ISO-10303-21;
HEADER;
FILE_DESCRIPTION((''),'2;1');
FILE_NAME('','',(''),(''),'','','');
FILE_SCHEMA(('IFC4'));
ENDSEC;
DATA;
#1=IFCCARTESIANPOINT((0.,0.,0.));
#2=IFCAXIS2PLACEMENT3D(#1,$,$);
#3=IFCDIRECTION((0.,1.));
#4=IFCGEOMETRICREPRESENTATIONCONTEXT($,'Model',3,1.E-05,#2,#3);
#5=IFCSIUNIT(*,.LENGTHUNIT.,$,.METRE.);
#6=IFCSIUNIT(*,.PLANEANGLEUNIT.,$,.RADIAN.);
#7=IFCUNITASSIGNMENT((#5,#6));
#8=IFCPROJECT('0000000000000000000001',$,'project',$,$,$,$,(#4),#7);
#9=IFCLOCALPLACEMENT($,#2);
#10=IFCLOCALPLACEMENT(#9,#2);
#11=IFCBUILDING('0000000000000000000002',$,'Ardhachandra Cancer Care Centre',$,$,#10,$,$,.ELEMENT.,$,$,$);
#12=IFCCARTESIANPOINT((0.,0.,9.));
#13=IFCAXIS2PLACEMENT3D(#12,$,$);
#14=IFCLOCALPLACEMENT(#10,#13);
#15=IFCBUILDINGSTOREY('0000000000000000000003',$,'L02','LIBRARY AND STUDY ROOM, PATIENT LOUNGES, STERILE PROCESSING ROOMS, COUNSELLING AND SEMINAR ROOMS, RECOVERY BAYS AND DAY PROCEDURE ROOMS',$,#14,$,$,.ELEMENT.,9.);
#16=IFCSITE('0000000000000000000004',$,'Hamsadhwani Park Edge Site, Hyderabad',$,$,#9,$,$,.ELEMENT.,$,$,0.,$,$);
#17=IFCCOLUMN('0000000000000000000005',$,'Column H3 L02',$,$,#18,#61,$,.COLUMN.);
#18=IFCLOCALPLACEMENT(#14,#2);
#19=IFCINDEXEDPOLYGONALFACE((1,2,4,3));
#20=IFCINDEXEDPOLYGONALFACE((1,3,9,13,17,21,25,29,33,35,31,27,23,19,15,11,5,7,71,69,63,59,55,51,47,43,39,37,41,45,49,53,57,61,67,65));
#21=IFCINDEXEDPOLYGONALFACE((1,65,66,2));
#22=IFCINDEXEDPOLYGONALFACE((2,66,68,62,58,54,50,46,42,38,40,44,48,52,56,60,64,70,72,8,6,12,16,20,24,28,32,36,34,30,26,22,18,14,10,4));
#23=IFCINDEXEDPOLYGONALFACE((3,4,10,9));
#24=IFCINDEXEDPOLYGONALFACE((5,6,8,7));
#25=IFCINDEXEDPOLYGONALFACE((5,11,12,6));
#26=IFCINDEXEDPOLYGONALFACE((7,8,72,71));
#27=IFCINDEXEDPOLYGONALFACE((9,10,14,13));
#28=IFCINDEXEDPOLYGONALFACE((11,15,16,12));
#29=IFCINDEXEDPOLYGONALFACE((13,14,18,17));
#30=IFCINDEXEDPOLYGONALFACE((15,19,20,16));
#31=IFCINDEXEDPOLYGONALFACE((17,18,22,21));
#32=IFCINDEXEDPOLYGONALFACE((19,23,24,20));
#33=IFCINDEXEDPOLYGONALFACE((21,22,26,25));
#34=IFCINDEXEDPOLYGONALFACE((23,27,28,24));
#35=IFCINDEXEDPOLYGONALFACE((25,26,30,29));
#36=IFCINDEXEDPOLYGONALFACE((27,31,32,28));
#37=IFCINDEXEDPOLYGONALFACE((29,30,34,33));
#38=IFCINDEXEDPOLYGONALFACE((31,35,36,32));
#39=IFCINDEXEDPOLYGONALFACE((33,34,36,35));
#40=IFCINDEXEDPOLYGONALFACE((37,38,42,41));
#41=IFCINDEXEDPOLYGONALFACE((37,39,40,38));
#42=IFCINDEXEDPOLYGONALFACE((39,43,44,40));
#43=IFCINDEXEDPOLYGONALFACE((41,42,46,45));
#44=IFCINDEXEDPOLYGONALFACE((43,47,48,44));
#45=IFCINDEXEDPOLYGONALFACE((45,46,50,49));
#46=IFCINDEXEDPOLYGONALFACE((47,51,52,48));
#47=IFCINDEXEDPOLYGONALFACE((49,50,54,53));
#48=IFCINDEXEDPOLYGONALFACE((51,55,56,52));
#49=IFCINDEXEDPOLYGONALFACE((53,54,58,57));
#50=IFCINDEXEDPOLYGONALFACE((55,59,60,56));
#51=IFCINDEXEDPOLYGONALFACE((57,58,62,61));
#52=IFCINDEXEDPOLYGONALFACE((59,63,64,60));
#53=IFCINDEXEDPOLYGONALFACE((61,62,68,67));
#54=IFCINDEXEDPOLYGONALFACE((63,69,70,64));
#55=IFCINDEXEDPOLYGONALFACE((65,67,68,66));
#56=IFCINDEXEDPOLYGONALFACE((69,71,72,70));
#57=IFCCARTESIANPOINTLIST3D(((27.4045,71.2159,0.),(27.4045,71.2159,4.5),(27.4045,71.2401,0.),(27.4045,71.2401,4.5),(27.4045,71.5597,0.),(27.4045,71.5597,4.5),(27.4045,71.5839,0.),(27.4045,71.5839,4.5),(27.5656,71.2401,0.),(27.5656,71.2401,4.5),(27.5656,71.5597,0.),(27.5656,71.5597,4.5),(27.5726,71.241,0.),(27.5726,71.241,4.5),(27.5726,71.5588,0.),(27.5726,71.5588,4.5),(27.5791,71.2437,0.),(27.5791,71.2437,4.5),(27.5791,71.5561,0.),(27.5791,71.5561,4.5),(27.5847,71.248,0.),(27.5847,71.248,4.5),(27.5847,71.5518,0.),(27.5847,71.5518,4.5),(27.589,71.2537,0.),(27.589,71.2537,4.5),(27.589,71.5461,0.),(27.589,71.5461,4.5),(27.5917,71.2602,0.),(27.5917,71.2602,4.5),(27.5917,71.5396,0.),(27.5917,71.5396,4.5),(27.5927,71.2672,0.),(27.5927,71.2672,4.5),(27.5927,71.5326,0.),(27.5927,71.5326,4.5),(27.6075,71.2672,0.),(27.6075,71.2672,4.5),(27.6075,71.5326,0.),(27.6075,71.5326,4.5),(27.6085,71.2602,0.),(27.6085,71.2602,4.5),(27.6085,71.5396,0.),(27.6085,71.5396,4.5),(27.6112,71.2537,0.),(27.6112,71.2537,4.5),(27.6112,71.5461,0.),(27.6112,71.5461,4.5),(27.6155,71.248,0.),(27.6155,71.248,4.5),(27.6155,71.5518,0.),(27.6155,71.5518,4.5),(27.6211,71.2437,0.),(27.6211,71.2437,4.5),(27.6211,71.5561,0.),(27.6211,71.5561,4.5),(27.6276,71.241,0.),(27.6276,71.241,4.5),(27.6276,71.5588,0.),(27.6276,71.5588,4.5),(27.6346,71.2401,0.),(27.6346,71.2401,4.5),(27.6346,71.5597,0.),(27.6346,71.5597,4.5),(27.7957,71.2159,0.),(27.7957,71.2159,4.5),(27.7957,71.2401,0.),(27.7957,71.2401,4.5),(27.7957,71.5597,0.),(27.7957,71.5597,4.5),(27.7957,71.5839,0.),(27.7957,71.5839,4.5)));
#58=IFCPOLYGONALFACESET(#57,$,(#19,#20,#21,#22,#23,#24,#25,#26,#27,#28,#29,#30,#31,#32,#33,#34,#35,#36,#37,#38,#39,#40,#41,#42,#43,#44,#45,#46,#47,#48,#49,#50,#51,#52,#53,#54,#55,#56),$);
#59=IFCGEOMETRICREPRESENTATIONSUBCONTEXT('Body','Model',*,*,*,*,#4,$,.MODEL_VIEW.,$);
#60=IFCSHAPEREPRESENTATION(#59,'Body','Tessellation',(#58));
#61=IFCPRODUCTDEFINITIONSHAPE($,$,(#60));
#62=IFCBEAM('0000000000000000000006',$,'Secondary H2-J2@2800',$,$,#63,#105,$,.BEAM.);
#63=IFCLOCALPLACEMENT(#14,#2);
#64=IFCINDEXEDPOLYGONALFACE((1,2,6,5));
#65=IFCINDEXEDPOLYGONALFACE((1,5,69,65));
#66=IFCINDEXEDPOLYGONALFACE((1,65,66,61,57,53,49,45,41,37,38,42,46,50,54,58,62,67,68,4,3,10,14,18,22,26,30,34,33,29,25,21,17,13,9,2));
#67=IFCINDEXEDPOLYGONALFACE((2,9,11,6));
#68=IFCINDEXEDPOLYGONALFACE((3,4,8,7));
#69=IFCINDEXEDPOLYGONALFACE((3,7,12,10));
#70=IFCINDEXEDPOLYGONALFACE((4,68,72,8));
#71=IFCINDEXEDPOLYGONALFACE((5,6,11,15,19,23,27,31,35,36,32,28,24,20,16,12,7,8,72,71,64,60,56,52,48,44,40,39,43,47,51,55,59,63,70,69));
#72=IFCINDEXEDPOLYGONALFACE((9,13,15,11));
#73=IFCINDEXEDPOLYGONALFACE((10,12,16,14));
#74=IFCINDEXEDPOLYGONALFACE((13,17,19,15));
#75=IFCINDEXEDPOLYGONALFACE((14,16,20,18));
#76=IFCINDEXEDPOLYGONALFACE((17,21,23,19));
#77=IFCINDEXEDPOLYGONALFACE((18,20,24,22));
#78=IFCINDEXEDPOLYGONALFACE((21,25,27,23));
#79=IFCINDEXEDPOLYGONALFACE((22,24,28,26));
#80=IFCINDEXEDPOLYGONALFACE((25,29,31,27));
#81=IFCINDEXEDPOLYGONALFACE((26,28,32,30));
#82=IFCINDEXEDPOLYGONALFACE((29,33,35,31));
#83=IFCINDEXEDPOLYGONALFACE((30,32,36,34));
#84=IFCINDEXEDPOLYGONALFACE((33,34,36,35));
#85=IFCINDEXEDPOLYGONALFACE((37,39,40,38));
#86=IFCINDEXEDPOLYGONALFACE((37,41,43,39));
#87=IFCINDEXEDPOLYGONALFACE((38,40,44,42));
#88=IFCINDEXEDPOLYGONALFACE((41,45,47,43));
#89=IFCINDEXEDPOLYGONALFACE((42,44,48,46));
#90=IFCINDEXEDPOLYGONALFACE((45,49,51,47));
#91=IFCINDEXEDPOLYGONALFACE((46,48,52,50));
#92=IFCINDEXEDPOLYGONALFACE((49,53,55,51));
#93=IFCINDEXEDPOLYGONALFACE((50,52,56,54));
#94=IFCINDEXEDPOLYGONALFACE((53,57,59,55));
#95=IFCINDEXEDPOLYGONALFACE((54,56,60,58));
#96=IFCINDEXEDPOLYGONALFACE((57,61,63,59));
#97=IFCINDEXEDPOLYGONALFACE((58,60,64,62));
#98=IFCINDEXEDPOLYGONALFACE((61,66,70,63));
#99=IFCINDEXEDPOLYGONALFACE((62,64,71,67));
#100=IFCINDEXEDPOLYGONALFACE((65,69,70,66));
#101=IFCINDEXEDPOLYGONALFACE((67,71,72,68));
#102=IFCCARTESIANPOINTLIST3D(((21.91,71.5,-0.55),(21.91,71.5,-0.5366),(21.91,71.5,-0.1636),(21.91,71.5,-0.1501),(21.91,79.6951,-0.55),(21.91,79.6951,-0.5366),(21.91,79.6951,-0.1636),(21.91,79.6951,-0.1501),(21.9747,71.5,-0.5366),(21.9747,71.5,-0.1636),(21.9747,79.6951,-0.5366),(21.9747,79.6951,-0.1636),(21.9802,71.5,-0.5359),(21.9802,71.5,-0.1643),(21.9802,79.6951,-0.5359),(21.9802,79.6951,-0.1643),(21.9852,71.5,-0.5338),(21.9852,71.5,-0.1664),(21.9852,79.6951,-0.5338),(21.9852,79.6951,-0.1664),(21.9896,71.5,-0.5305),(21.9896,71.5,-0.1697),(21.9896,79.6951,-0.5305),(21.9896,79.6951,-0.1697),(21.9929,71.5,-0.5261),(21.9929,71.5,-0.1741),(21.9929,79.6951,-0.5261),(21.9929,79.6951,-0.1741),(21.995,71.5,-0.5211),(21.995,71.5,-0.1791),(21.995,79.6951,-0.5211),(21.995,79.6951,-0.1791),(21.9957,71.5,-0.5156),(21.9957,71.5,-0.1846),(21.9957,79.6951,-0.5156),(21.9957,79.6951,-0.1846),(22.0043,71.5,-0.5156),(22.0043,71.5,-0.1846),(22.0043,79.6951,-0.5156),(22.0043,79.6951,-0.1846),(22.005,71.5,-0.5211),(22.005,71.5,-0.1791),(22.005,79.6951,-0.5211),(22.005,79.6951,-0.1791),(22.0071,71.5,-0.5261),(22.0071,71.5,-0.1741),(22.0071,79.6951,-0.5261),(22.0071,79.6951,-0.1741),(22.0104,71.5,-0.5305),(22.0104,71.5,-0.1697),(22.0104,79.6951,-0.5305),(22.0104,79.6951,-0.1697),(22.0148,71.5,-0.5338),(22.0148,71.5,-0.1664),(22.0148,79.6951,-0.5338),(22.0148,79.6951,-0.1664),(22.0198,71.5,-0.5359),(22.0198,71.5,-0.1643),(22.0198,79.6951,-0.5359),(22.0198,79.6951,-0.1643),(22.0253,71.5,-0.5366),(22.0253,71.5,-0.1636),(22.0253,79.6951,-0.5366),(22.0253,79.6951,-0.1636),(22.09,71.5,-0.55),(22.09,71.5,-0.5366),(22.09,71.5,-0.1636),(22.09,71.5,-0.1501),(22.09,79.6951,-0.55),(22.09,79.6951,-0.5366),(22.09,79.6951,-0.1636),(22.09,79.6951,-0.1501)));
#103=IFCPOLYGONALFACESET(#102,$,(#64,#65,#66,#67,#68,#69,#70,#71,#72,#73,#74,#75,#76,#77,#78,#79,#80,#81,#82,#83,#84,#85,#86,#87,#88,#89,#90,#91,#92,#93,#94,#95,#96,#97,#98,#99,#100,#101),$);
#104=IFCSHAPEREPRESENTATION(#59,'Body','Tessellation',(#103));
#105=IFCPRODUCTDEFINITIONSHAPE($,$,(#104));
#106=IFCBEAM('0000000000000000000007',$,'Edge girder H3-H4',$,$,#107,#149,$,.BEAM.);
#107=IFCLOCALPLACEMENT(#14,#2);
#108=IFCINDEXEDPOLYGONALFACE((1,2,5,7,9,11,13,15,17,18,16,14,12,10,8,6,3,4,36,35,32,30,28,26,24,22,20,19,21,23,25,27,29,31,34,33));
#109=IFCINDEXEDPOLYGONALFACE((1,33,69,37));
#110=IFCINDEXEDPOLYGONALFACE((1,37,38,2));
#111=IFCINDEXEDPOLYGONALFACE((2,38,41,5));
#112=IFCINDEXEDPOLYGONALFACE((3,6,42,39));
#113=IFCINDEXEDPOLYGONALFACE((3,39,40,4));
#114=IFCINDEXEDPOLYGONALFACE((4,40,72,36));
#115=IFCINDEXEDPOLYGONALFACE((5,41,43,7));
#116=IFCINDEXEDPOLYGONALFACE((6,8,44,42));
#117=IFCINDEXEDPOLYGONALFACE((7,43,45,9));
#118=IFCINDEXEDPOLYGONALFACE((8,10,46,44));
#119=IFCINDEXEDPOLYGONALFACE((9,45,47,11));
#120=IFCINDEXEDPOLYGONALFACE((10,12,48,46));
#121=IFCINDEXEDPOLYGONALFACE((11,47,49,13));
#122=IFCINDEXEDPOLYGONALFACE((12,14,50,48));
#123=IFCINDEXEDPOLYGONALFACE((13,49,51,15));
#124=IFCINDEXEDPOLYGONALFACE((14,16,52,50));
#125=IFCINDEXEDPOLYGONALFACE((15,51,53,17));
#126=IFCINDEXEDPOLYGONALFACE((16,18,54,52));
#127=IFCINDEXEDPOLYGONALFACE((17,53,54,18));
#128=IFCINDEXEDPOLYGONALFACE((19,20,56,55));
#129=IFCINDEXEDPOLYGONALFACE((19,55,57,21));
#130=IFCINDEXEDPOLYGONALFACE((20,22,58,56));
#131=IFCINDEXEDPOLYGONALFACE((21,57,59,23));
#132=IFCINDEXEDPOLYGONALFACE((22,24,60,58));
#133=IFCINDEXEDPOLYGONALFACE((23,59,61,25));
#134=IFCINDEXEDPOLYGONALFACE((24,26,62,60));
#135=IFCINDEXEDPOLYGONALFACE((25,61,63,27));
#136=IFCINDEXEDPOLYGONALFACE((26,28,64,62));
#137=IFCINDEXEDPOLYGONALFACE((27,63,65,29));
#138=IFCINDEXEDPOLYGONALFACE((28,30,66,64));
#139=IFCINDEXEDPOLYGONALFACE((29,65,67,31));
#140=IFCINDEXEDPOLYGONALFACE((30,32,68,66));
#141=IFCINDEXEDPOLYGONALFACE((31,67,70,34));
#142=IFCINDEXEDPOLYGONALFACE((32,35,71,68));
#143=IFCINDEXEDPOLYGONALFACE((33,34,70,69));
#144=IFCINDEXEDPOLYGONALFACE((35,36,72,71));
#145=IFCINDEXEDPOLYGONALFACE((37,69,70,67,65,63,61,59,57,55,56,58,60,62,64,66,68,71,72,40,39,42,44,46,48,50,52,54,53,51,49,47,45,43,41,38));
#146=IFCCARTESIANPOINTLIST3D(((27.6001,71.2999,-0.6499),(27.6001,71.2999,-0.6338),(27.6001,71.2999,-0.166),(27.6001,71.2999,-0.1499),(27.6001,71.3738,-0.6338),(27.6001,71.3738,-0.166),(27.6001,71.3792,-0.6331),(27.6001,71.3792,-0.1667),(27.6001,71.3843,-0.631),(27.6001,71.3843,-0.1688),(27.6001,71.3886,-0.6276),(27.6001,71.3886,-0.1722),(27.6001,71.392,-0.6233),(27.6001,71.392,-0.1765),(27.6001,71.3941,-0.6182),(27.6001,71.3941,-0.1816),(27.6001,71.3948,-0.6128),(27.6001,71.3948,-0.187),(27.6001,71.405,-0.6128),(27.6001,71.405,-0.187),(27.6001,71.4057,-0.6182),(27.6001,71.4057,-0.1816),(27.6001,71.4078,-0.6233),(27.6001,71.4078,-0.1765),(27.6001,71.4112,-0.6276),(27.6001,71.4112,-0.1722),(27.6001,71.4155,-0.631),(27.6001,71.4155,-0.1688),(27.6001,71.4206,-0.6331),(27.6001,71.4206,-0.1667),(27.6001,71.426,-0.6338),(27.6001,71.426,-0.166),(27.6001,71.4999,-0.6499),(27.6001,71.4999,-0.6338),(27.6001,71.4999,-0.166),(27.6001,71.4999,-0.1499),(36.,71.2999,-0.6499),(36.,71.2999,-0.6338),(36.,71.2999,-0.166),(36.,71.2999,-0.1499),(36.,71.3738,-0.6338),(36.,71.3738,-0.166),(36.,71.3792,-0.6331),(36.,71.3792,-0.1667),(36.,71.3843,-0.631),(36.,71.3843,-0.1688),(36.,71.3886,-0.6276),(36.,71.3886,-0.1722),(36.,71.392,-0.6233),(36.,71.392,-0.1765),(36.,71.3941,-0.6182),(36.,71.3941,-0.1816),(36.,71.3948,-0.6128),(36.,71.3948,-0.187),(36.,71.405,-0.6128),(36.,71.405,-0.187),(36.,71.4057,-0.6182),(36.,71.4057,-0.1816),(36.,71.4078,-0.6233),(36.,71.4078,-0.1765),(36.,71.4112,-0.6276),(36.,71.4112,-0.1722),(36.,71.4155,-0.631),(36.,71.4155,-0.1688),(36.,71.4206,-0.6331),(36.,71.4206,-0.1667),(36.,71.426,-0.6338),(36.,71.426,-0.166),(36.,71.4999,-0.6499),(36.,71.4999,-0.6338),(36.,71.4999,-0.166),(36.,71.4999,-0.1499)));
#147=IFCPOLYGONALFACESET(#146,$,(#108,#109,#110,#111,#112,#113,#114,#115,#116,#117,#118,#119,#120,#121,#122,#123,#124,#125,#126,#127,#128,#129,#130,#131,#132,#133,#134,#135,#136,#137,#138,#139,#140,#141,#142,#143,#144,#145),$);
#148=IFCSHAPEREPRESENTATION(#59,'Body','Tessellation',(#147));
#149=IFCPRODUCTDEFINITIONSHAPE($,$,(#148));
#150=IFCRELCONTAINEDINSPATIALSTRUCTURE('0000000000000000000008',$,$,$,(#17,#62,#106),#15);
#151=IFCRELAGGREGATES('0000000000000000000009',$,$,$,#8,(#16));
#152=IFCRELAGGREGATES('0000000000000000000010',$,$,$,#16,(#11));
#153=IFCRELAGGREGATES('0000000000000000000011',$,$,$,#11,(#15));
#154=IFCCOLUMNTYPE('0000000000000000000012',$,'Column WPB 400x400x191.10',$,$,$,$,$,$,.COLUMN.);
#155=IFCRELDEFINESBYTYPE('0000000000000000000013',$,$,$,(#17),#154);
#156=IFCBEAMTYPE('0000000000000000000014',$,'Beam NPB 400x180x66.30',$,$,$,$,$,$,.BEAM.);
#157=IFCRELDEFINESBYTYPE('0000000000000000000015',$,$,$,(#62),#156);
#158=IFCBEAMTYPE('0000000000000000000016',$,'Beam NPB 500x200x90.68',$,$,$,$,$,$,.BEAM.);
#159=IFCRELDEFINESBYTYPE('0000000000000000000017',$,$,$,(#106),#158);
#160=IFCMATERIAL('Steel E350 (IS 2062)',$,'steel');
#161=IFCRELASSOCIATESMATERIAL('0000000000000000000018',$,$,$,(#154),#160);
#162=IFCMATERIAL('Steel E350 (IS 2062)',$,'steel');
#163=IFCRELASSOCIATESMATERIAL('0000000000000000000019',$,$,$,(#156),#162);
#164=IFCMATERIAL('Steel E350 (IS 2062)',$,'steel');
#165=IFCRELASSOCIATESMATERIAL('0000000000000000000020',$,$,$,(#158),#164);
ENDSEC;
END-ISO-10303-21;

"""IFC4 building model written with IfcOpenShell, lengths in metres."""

from ifc_helpers import new_model, si_unit, direction, frame, origin, origin_2d, place, context, subcontext, project, spatial, i_section, extrude, material, material_profile, profile_set, type_object, element, save


model = new_model("IFC4")

# Units and contexts
model_context = context("Model", 3, precision=1e-05, world=origin(), true_north=direction((0.0, 1.0)))
body_context = subcontext(model_context, "Body", "Model", "MODEL_VIEW")
ifc_project = project(units=[si_unit("LENGTHUNIT", "METRE"), si_unit("PLANEANGLEUNIT", "RADIAN")], contexts=[model_context])

# Site, building, storey
site_placement = place(None, origin())
site = spatial("IfcSite", under=ifc_project, at=site_placement, Name="Hamsadhwani Park Edge Site, Hyderabad", CompositionType="ELEMENT", RefElevation=0.0)
building_placement = place(site_placement, origin())
building = spatial("IfcBuilding", under=site, at=building_placement, Name="Ardhachandra Cancer Care Centre", CompositionType="ELEMENT")
storey_placement = place(building_placement, frame((0.0, 0.0, 9.0)))
storey = spatial("IfcBuildingStorey", under=building, at=storey_placement, Name="L02", Description="LIBRARY AND STUDY ROOM, PATIENT LOUNGES, STERILE PROCESSING ROOMS, COUNSELLING AND SEMINAR ROOMS, RECOVERY BAYS AND DAY PROCEDURE ROOMS", CompositionType="ELEMENT", Elevation=9.0)

# Column
ifc_material_1 = material(Name="Steel E350 (IS 2062)", Category="steel")
ifc_material_profile_1 = material_profile(ifc_material_1, i_section(OverallWidth=0.3911, OverallDepth=0.3679, WebThickness=0.0149, FlangeThickness=0.0242, FilletRadius=0.0271, at=origin_2d()), Name="WPB 400x400x191.10")
ifc_profile_set_1 = profile_set([ifc_material_profile_1], Name="Steel E350 (IS 2062)")
column_type = type_object("IfcColumnType", Name="Column WPB 400x400x191.10", PredefinedType="COLUMN", material=ifc_profile_set_1)
column_placement = place(storey_placement, frame((27.6001, 71.3999, 0.0), z_axis=(0.0, 0.0, 1.0), x_axis=(1.0, 0.0, 0.0)))
element("IfcColumn", 1, at=column_placement, inside=storey, type_object=column_type, Name="Column H3 L02", PredefinedType="COLUMN", context=body_context, shape_type="SweptSolid", body=[
    extrude(i_section(OverallWidth=0.3911, OverallDepth=0.3679, WebThickness=0.0149, FlangeThickness=0.0242, FilletRadius=0.0271, at=origin_2d()), origin(), (0.0, 0.0, 1.0), 4.5),
])

# Beams
ifc_material_2 = material(Name="Steel E350 (IS 2062)", Category="steel")
ifc_material_profile_2 = material_profile(ifc_material_2, i_section(OverallWidth=0.1799, OverallDepth=0.3999, WebThickness=0.0085, FlangeThickness=0.0134, FilletRadius=0.021, at=origin_2d()), Name="NPB 400x180x66.30")
ifc_profile_set_2 = profile_set([ifc_material_profile_2], Name="Steel E350 (IS 2062)")
beam_type_1 = type_object("IfcBeamType", Name="Beam NPB 400x180x66.30", PredefinedType="BEAM", material=ifc_profile_set_2)
beam_1_placement = place(storey_placement, frame((22.0, 71.5, -0.3501), z_axis=(0.0, 1.0, 0.0), x_axis=(-1.0, 0.0, 0.0)))
element("IfcBeam", 2, at=beam_1_placement, inside=storey, type_object=beam_type_1, Name="Secondary H2-J2@2800", PredefinedType="BEAM", context=body_context, shape_type="SweptSolid", body=[
    extrude(i_section(OverallWidth=0.1799, OverallDepth=0.3999, WebThickness=0.0085, FlangeThickness=0.0134, FilletRadius=0.021, at=origin_2d()), origin(), (0.0, 0.0, 1.0), 8.1951),
])
ifc_material_3 = material(Name="Steel E350 (IS 2062)", Category="steel")
ifc_material_profile_3 = material_profile(ifc_material_3, i_section(OverallWidth=0.2, OverallDepth=0.5, WebThickness=0.0103, FlangeThickness=0.0161, FilletRadius=0.021, at=origin_2d()), Name="NPB 500x200x90.68")
ifc_profile_set_3 = profile_set([ifc_material_profile_3], Name="Steel E350 (IS 2062)")
beam_type_2 = type_object("IfcBeamType", Name="Beam NPB 500x200x90.68", PredefinedType="BEAM", material=ifc_profile_set_3)
beam_2_placement = place(storey_placement, frame((27.6001, 71.3999, -0.3999), z_axis=(1.0, 0.0, 0.0), x_axis=(0.0, 1.0, 0.0)))
element("IfcBeam", 3, at=beam_2_placement, inside=storey, type_object=beam_type_2, Name="Edge girder H3-H4", PredefinedType="BEAM", context=body_context, shape_type="SweptSolid", body=[
    extrude(i_section(OverallWidth=0.2, OverallDepth=0.5, WebThickness=0.0103, FlangeThickness=0.0161, FilletRadius=0.021, at=origin_2d()), origin(), (0.0, 0.0, 1.0), 8.3999),
])

save(model, "model.ifc")
